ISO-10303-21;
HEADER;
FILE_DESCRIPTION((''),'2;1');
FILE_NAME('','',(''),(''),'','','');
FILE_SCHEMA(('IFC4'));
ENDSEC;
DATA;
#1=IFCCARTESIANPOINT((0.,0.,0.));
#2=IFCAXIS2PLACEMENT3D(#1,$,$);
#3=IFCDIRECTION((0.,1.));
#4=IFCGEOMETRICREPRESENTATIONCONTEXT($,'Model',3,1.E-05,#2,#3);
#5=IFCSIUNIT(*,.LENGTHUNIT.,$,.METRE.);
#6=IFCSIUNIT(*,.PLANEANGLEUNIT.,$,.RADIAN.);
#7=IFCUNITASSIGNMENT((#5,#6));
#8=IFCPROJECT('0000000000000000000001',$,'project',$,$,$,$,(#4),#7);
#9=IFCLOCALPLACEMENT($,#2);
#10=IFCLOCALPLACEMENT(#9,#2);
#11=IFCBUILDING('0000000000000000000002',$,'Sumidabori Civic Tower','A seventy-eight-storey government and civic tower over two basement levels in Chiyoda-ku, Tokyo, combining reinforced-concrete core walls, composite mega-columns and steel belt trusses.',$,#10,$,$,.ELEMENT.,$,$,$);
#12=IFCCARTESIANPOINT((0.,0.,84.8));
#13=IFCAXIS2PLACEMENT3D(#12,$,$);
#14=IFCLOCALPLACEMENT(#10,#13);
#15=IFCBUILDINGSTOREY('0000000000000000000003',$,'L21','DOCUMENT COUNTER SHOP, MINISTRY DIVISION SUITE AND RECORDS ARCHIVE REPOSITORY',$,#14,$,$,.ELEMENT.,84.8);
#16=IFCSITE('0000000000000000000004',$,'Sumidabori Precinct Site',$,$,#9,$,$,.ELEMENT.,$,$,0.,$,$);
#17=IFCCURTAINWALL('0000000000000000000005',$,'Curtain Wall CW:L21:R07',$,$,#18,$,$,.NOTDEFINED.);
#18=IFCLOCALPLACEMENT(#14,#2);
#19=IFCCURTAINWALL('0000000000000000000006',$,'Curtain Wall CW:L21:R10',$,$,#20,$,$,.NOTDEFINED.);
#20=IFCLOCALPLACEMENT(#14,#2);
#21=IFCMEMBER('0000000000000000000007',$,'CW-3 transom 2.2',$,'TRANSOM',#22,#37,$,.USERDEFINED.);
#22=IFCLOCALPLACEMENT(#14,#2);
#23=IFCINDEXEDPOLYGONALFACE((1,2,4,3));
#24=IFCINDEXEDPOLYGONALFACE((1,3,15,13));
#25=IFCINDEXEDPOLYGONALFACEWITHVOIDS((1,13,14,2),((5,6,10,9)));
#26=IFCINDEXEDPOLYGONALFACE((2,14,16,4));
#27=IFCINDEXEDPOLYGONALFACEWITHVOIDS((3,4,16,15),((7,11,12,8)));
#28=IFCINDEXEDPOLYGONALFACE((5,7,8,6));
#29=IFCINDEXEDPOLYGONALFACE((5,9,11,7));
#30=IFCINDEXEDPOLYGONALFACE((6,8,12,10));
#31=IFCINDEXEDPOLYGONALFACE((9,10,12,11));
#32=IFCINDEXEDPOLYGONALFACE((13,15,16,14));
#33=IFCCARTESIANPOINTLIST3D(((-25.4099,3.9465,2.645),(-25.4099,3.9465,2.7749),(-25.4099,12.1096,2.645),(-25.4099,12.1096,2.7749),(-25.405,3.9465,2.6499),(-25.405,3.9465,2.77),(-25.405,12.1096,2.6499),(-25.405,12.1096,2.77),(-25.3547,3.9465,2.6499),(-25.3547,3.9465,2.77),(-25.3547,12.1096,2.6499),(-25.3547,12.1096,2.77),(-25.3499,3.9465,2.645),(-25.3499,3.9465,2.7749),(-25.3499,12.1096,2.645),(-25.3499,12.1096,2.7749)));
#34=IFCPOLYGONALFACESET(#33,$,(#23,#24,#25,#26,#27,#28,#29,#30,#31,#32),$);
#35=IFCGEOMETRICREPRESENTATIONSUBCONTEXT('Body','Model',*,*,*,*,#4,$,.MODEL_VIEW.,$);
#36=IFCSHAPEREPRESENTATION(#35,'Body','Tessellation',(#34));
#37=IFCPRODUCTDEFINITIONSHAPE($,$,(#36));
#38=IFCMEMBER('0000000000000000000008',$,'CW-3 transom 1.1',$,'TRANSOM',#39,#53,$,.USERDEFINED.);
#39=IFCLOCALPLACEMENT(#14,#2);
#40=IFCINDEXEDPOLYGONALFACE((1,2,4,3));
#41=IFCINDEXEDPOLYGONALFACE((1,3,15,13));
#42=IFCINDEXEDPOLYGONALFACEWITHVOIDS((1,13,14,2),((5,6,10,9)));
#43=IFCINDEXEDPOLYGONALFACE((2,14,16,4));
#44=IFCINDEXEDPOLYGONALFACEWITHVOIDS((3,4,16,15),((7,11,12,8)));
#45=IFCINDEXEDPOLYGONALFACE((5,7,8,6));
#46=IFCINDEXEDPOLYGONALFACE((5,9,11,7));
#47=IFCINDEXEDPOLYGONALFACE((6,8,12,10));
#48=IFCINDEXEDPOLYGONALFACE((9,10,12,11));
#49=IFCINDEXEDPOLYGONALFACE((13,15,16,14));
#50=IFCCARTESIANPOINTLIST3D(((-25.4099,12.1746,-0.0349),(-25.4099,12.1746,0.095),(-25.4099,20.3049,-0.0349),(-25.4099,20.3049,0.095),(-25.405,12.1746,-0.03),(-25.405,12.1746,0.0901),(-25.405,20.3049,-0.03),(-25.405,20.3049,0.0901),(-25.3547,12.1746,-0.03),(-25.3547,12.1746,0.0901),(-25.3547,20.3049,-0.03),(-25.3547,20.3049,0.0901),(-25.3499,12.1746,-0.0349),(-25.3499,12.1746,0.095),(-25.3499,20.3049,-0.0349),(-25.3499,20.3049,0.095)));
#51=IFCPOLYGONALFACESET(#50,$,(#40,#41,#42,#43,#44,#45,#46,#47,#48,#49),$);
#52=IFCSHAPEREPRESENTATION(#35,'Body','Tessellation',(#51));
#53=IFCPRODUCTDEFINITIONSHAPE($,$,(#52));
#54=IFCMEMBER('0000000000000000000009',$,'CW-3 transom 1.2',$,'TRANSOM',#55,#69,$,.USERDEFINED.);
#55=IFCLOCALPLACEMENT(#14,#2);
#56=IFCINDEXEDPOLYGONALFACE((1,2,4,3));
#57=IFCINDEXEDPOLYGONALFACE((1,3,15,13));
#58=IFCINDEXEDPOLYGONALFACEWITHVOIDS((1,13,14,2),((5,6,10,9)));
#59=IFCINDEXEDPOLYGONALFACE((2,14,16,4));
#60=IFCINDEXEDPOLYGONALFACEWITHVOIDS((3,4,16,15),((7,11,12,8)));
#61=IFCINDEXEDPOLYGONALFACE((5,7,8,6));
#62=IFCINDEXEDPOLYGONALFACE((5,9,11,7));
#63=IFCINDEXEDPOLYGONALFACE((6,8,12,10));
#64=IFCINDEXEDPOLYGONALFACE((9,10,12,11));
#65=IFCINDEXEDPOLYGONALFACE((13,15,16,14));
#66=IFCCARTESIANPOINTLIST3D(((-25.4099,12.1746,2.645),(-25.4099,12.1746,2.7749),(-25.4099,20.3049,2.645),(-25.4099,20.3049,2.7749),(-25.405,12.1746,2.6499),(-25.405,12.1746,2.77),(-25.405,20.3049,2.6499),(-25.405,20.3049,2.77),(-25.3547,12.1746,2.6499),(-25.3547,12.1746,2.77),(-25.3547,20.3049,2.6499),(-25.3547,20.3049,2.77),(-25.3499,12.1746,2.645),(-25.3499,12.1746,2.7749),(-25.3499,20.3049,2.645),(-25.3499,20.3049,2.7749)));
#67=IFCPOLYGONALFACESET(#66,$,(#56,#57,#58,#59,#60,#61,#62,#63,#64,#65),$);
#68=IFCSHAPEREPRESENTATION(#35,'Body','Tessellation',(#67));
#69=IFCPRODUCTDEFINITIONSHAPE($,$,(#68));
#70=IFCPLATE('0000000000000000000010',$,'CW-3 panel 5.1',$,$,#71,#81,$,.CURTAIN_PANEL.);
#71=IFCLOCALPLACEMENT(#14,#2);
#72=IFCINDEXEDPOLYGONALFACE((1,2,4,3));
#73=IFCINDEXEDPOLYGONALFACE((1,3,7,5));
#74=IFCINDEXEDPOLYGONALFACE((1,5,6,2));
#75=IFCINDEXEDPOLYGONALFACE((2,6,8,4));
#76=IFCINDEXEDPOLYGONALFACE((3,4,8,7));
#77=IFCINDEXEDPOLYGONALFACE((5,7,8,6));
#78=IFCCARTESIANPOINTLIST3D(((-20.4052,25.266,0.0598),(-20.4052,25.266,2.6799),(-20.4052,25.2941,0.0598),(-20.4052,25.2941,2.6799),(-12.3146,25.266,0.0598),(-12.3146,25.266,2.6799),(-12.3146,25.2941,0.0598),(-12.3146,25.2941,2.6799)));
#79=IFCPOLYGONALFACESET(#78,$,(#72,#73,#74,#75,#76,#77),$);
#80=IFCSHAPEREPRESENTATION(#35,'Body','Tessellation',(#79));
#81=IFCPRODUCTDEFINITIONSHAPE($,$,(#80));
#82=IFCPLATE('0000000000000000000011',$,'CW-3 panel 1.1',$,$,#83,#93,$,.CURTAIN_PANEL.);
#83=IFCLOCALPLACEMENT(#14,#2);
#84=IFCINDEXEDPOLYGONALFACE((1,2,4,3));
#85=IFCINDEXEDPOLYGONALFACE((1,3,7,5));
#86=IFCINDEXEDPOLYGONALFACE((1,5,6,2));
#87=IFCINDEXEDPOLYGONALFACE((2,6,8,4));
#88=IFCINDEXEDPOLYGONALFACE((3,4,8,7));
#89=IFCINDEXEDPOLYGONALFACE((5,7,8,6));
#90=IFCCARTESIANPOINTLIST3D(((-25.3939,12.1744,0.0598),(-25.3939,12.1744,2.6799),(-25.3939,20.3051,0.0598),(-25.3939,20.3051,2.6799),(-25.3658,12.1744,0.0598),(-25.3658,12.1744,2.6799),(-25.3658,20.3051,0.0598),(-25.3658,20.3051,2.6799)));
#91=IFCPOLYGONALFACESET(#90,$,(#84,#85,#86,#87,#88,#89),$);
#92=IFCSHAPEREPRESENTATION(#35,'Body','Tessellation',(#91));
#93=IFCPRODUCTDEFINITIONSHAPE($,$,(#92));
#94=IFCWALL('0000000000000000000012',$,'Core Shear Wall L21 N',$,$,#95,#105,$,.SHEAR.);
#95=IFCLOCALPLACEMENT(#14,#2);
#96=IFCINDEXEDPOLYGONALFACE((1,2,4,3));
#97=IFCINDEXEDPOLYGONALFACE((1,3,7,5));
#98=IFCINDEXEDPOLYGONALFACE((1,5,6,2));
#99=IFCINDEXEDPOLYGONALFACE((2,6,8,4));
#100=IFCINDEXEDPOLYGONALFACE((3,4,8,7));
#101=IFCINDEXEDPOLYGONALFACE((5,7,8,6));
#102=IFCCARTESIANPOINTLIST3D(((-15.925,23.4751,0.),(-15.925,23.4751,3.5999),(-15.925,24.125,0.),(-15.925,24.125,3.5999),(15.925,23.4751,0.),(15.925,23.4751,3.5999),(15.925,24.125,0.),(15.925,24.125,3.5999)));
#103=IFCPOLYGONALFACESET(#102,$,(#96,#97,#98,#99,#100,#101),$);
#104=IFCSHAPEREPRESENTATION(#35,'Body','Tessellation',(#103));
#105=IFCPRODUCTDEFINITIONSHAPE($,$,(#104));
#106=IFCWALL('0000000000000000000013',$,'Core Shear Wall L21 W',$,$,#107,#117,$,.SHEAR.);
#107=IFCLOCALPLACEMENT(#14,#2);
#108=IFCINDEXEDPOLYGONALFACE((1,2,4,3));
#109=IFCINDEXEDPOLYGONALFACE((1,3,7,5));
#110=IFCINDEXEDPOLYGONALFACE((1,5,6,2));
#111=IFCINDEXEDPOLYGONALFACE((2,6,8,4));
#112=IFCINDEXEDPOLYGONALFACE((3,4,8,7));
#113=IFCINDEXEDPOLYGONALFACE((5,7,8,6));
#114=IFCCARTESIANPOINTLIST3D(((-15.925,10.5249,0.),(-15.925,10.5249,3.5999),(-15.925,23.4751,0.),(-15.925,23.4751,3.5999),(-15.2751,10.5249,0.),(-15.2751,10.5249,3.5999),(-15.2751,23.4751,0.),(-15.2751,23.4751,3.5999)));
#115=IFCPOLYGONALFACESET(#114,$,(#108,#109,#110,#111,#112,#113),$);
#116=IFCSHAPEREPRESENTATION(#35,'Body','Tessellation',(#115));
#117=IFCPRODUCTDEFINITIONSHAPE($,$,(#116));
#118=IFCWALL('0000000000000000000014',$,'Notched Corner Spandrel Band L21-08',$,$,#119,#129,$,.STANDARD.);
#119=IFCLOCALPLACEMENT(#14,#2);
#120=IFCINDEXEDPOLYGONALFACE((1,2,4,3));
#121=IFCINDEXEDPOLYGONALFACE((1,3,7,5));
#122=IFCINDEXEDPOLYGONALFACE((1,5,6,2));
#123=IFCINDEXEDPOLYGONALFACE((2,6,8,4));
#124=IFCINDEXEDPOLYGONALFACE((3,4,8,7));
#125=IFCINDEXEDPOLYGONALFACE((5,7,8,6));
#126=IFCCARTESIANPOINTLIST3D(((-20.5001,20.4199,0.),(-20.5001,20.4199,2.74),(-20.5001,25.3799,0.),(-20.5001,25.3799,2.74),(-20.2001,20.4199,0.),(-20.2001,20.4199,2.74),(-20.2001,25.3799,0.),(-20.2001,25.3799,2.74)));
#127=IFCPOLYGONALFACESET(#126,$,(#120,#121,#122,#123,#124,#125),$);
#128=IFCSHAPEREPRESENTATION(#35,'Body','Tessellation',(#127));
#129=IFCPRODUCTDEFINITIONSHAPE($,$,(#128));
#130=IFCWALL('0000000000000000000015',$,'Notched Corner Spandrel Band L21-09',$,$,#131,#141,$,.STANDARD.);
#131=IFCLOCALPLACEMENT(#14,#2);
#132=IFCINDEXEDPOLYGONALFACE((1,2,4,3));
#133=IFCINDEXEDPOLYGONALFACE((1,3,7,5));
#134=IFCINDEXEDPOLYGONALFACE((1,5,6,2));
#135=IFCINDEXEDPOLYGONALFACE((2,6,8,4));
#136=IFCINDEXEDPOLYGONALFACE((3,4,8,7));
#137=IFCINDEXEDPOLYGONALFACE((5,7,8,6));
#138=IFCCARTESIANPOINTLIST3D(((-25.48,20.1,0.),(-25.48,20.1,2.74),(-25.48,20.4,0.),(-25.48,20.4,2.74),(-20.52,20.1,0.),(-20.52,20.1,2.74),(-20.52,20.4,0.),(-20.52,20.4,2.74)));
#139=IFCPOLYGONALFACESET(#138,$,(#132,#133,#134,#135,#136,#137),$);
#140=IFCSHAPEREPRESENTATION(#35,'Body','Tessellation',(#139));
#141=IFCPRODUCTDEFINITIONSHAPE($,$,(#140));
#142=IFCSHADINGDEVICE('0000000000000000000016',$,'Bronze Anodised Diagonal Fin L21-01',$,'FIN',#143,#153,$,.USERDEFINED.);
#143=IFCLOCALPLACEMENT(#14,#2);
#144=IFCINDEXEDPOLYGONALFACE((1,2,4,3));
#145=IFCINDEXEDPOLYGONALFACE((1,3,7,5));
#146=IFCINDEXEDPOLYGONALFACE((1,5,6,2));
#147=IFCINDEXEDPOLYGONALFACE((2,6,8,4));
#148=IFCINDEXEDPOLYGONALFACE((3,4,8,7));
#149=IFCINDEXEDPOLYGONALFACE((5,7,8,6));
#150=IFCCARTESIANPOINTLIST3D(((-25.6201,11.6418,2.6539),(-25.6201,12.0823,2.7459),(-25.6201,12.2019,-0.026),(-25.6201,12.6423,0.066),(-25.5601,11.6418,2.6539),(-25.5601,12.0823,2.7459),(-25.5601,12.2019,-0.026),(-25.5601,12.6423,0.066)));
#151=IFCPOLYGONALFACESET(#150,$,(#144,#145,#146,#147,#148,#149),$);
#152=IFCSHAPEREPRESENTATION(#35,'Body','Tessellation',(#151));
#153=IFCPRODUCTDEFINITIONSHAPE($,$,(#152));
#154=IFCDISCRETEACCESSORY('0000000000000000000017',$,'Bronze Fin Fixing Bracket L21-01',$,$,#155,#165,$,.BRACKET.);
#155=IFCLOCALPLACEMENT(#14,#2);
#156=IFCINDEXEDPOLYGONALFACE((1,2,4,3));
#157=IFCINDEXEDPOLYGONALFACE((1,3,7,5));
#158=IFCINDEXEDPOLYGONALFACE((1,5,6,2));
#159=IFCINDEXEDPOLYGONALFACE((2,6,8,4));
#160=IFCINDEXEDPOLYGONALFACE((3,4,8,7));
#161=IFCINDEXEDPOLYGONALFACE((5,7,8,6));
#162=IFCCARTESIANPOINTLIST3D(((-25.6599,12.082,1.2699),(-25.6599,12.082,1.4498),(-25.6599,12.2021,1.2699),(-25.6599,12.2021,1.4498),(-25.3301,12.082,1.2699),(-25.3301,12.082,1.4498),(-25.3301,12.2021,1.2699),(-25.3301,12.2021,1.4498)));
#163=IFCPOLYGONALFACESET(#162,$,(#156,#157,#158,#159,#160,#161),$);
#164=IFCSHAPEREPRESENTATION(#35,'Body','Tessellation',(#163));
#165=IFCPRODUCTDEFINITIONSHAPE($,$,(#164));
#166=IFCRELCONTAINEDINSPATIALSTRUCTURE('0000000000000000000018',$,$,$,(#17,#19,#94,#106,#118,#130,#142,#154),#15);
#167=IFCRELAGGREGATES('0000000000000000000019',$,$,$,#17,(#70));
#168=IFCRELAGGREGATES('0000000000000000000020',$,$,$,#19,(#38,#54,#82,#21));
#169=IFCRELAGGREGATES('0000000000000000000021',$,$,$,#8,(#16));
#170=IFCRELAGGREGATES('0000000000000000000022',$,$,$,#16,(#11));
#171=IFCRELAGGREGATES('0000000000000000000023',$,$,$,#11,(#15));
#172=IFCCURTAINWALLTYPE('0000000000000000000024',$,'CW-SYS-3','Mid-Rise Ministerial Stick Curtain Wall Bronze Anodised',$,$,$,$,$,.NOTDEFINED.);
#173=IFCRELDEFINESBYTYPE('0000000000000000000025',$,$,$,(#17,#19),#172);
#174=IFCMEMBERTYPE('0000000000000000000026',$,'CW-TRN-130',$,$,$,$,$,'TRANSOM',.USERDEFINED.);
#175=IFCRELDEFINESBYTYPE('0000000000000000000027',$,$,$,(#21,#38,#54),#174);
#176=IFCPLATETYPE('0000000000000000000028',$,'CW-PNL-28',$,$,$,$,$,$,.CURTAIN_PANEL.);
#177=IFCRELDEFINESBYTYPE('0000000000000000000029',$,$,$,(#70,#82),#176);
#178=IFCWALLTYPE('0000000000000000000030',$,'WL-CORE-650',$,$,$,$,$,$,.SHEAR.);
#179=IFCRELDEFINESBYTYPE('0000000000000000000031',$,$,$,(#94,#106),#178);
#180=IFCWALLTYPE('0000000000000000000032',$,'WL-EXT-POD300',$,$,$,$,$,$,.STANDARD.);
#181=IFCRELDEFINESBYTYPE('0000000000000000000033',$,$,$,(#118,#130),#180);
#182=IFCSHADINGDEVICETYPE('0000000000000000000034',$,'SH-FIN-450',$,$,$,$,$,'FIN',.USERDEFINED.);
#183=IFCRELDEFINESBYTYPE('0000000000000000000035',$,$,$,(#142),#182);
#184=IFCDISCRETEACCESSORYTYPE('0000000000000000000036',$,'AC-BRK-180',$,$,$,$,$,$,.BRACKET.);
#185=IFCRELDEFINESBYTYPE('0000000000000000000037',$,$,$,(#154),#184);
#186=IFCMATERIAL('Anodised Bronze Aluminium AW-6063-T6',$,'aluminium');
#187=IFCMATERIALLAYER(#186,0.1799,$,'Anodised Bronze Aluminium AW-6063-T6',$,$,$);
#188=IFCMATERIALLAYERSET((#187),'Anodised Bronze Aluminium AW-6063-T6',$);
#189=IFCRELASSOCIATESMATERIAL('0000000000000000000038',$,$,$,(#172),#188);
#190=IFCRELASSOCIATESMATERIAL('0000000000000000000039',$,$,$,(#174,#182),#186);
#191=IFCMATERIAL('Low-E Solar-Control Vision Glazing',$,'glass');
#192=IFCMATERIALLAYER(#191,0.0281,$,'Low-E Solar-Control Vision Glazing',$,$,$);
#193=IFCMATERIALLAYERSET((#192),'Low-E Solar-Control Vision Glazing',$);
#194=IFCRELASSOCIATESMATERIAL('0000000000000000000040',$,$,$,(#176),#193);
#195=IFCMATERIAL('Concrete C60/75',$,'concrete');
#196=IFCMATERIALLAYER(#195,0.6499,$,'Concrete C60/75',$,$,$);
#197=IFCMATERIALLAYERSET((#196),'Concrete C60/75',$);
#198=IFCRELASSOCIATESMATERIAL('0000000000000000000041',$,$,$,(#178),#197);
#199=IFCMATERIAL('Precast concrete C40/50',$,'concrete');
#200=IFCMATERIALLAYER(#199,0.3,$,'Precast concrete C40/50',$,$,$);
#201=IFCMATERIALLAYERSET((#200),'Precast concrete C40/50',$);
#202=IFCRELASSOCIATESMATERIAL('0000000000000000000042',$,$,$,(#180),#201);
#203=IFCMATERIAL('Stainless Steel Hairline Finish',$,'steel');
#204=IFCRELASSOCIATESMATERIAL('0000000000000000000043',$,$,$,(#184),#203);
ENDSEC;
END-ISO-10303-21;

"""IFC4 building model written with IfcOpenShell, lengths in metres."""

from ifc_helpers import new_model, si_unit, direction, frame, frame_2d, origin, origin_2d, place, context, subcontext, project, spatial, rectangle, hollow_rectangle, extrude, source, transform, mapped, material, layer, layer_set, material_profile, profile_set, type_object, element, aggregate, save


model = new_model("IFC4")

# Units and contexts
model_context = context("Model", 3, precision=1e-05, world=origin(), true_north=direction((0.0, 1.0)))
body_context = subcontext(model_context, "Body", "Model", "MODEL_VIEW")
ifc_project = project(units=[si_unit("LENGTHUNIT", "METRE"), si_unit("PLANEANGLEUNIT", "RADIAN")], contexts=[model_context])

# Site, building, storey
site_placement = place(None, origin())
site = spatial("IfcSite", under=ifc_project, at=site_placement, Name="Sumidabori Precinct Site", CompositionType="ELEMENT", RefElevation=0.0)
building_placement = place(site_placement, origin())
building = spatial("IfcBuilding", under=site, at=building_placement, Name="Sumidabori Civic Tower", Description="A seventy-eight-storey government and civic tower over two basement levels in Chiyoda-ku, Tokyo, combining reinforced-concrete core walls, composite mega-columns and steel belt trusses.", CompositionType="ELEMENT")
storey_placement = place(building_placement, frame((0.0, 0.0, 84.8)))
storey = spatial("IfcBuildingStorey", under=building, at=storey_placement, Name="L21", Description="DOCUMENT COUNTER SHOP, MINISTRY DIVISION SUITE AND RECORDS ARCHIVE REPOSITORY", CompositionType="ELEMENT", Elevation=84.8)

# Shared definitions
ifc_material_1 = material(Name="Concrete C60/75", Category="concrete")

# Curtain wall
ifc_material_2 = material(Name="Anodised Bronze Aluminium AW-6063-T6", Category="aluminium")
ifc_layer_1 = layer(ifc_material_2, 0.1799, Name="Anodised Bronze Aluminium AW-6063-T6")
ifc_layer_set_1 = layer_set([ifc_layer_1], Name="Anodised Bronze Aluminium AW-6063-T6")
curtain_wall_type = type_object("IfcCurtainWallType", Name="CW-SYS-3", Description="Mid-Rise Ministerial Stick Curtain Wall Bronze Anodised", PredefinedType="NOTDEFINED", material=ifc_layer_set_1)
curtain_wall_1_placement = place(storey_placement, origin())
curtain_wall_1 = element("IfcCurtainWall", 1, at=curtain_wall_1_placement, inside=storey, type_object=curtain_wall_type, Name="Curtain Wall CW:L21:R07", PredefinedType="NOTDEFINED")

# Curtain wall, members
curtain_wall_2_placement = place(storey_placement, origin())
curtain_wall_2 = element("IfcCurtainWall", 2, at=curtain_wall_2_placement, inside=storey, type_object=curtain_wall_type, Name="Curtain Wall CW:L21:R10", PredefinedType="NOTDEFINED")
ifc_material_profile_1 = material_profile(ifc_material_2, hollow_rectangle(XDim=0.0601, YDim=0.1299, WallThickness=0.0049, at=origin_2d()), Name="ALU TRANSOM 130x60")
ifc_profile_set_1 = profile_set([ifc_material_profile_1], Name="Anodised Bronze Aluminium AW-6063-T6")
member_type_1 = type_object("IfcMemberType", Name="CW-TRN-130", ElementType="TRANSOM", PredefinedType="USERDEFINED", material=ifc_profile_set_1)
shared_shape_1 = source(origin(), body_context, "Body", "SweptSolid", [
    extrude(hollow_rectangle(XDim=0.0601, YDim=0.1299, WallThickness=0.0049, at=origin_2d()), origin(), (0.0, 0.0, 1.0), 8.1631),
])
member_1_placement = place(storey_placement, frame((-25.3799, 12.1096, 2.71), z_axis=(0.0, -1.0, 0.0), x_axis=(1.0, 0.0, 0.0)))
member_1 = element("IfcMember", 3, at=member_1_placement, type_object=member_type_1, Name="CW-3 transom 2.2", ObjectType="TRANSOM", PredefinedType="USERDEFINED", context=body_context, shape_type="MappedRepresentation", body=[
    mapped(shared_shape_1, transform((0.0, 0.0, 0.0), x_axis=(1.0, 0.0, 0.0), y_axis=(0.0, 1.0, 0.0), z_axis=(0.0, 0.0, 1.0), scale=1.0)),
])
shared_shape_2 = source(origin(), body_context, "Body", "SweptSolid", [
    extrude(hollow_rectangle(XDim=0.0601, YDim=0.1299, WallThickness=0.0049, at=origin_2d()), origin(), (0.0, 0.0, 1.0), 8.1304),
])
member_2_placement = place(storey_placement, frame((-25.3799, 20.3049, 0.03), z_axis=(0.0, -1.0, 0.0), x_axis=(1.0, 0.0, 0.0)))
member_2 = element("IfcMember", 4, at=member_2_placement, type_object=member_type_1, Name="CW-3 transom 1.1", ObjectType="TRANSOM", PredefinedType="USERDEFINED", context=body_context, shape_type="MappedRepresentation", body=[
    mapped(shared_shape_2, transform((0.0, 0.0, 0.0), x_axis=(1.0, 0.0, 0.0), y_axis=(0.0, 1.0, 0.0), z_axis=(0.0, 0.0, 1.0), scale=1.0)),
])
member_3_placement = place(storey_placement, frame((-25.3799, 20.3049, 2.71), z_axis=(0.0, -1.0, 0.0), x_axis=(1.0, 0.0, 0.0)))
member_3 = element("IfcMember", 5, at=member_3_placement, type_object=member_type_1, Name="CW-3 transom 1.2", ObjectType="TRANSOM", PredefinedType="USERDEFINED", context=body_context, shape_type="MappedRepresentation", body=[
    mapped(shared_shape_2, transform((0.0, 0.0, 0.0), x_axis=(1.0, 0.0, 0.0), y_axis=(0.0, 1.0, 0.0), z_axis=(0.0, 0.0, 1.0), scale=1.0)),
])

# Plates
ifc_material_3 = material(Name="Low-E Solar-Control Vision Glazing", Category="glass")
ifc_layer_2 = layer(ifc_material_3, 0.0281, Name="Low-E Solar-Control Vision Glazing")
ifc_layer_set_2 = layer_set([ifc_layer_2], Name="Low-E Solar-Control Vision Glazing")
plate_type = type_object("IfcPlateType", Name="CW-PNL-28", PredefinedType="CURTAIN_PANEL", material=ifc_layer_set_2)
shared_shape_3 = source(origin(), body_context, "Body", "SweptSolid", [
    extrude(rectangle(XDim=8.0906, YDim=0.0281, at=origin_2d()), origin(), (0.0, 0.0, 1.0), 2.6201),
])
plate_1_placement = place(storey_placement, frame((-16.3599, 25.28, 0.0598), z_axis=(0.0, 0.0, 1.0), x_axis=(-1.0, 0.0, 0.0)))
plate_1 = element("IfcPlate", 6, at=plate_1_placement, type_object=plate_type, Name="CW-3 panel 5.1", PredefinedType="CURTAIN_PANEL", context=body_context, shape_type="MappedRepresentation", body=[
    mapped(shared_shape_3, transform((0.0, 0.0, 0.0), x_axis=(1.0, 0.0, 0.0), y_axis=(0.0, 1.0, 0.0), z_axis=(0.0, 0.0, 1.0), scale=1.0)),
])
aggregate(curtain_wall_1, [plate_1])
shared_shape_4 = source(origin(), body_context, "Body", "SweptSolid", [
    extrude(rectangle(XDim=8.1306, YDim=0.0281, at=origin_2d()), origin(), (0.0, 0.0, 1.0), 2.6201),
])
plate_2_placement = place(storey_placement, frame((-25.3799, 16.2397, 0.0598), z_axis=(0.0, 0.0, 1.0), x_axis=(0.0, -1.0, 0.0)))
plate_2 = element("IfcPlate", 7, at=plate_2_placement, type_object=plate_type, Name="CW-3 panel 1.1", PredefinedType="CURTAIN_PANEL", context=body_context, shape_type="MappedRepresentation", body=[
    mapped(shared_shape_4, transform((0.0, 0.0, 0.0), x_axis=(1.0, 0.0, 0.0), y_axis=(0.0, 1.0, 0.0), z_axis=(0.0, 0.0, 1.0), scale=1.0)),
])
aggregate(curtain_wall_2, [member_2, member_3, plate_2, member_1])

# Walls
ifc_layer_3 = layer(ifc_material_1, 0.6499, Name="Concrete C60/75")
ifc_layer_set_3 = layer_set([ifc_layer_3], Name="Concrete C60/75")
wall_type_1 = type_object("IfcWallType", Name="WL-CORE-650", PredefinedType="SHEAR", material=ifc_layer_set_3)
shared_shape_5 = source(origin(), body_context, "Body", "SweptSolid", [
    extrude(rectangle(XDim=31.8501, YDim=0.6499, at=frame_2d((15.925, 0.0))), origin(), (0.0, 0.0, 1.0), 3.5999),
])
wall_1_placement = place(storey_placement, frame((-15.925, 23.8, 0.0), z_axis=(0.0, 0.0, 1.0), x_axis=(1.0, 0.0, 0.0)))
element("IfcWall", 8, at=wall_1_placement, inside=storey, type_object=wall_type_1, Name="Core Shear Wall L21 N", PredefinedType="SHEAR", context=body_context, shape_type="MappedRepresentation", body=[
    mapped(shared_shape_5, transform((0.0, 0.0, 0.0), x_axis=(1.0, 0.0, 0.0), y_axis=(0.0, 1.0, 0.0), z_axis=(0.0, 0.0, 1.0), scale=1.0)),
])
shared_shape_6 = source(origin(), body_context, "Body", "SweptSolid", [
    extrude(rectangle(XDim=12.9502, YDim=0.6499, at=frame_2d((6.4751, 0.0))), origin(), (0.0, 0.0, 1.0), 3.5999),
])
wall_2_placement = place(storey_placement, frame((-15.6001, 10.5249, 0.0), z_axis=(0.0, 0.0, 1.0), x_axis=(0.0, 1.0, 0.0)))
element("IfcWall", 9, at=wall_2_placement, inside=storey, type_object=wall_type_1, Name="Core Shear Wall L21 W", PredefinedType="SHEAR", context=body_context, shape_type="MappedRepresentation", body=[
    mapped(shared_shape_6, transform((0.0, 0.0, 0.0), x_axis=(1.0, 0.0, 0.0), y_axis=(0.0, 1.0, 0.0), z_axis=(0.0, 0.0, 1.0), scale=1.0)),
])
ifc_material_4 = material(Name="Precast concrete C40/50", Category="concrete")
ifc_layer_4 = layer(ifc_material_4, 0.3, Name="Precast concrete C40/50")
ifc_layer_set_4 = layer_set([ifc_layer_4], Name="Precast concrete C40/50")
wall_type_2 = type_object("IfcWallType", Name="WL-EXT-POD300", PredefinedType="STANDARD", material=ifc_layer_set_4)
shared_shape_7 = source(origin(), body_context, "Body", "SweptSolid", [
    extrude(rectangle(XDim=4.96, YDim=0.3, at=frame_2d((2.48, 0.0))), origin(), (0.0, 0.0, 1.0), 2.74),
])
for number, where, z_axis, x_axis, name in (
    (10, (-20.3501, 25.3799, 0.0), (0.0, 0.0, 1.0), (0.0, -1.0, 0.0), "Notched Corner Spandrel Band L21-08"),
    (11, (-20.52, 20.25, 0.0), (0.0, 0.0, 1.0), (-1.0, 0.0, 0.0), "Notched Corner Spandrel Band L21-09"),
):
    element("IfcWall", number, at=place(storey_placement, frame(where, z_axis=z_axis, x_axis=x_axis)), inside=storey, type_object=wall_type_2, Name=name, PredefinedType="STANDARD", context=body_context, shape_type="MappedRepresentation", body=[
        mapped(shared_shape_7, transform((0.0, 0.0, 0.0), x_axis=(1.0, 0.0, 0.0), y_axis=(0.0, 1.0, 0.0), z_axis=(0.0, 0.0, 1.0), scale=1.0)),
    ])

# Shading device
ifc_material_profile_2 = material_profile(ifc_material_2, rectangle(XDim=0.0601, YDim=0.45, at=origin_2d()), Name="BRONZE FIN 450x60")
ifc_profile_set_2 = profile_set([ifc_material_profile_2], Name="Anodised Bronze Aluminium AW-6063-T6")
shading_device_type = type_object("IfcShadingDeviceType", Name="SH-FIN-450", ElementType="FIN", PredefinedType="USERDEFINED", material=ifc_profile_set_2)
shared_shape_8 = source(origin(), body_context, "Body", "SweptSolid", [
    extrude(rectangle(XDim=0.0601, YDim=0.45, at=origin_2d()), origin(), (0.0, 0.0, 1.0), 2.7378),
])
shading_device_placement = place(storey_placement, frame((-25.5901, 12.4221, 0.02), z_axis=(0.0, -0.204563, 0.978853), x_axis=(-1.0, 0.0, 0.0)))
element("IfcShadingDevice", 12, at=shading_device_placement, inside=storey, type_object=shading_device_type, Name="Bronze Anodised Diagonal Fin L21-01", ObjectType="FIN", PredefinedType="USERDEFINED", context=body_context, shape_type="MappedRepresentation", body=[
    mapped(shared_shape_8, transform((0.0, 0.0, 0.0), x_axis=(1.0, 0.0, 0.0), y_axis=(0.0, 1.0, 0.0), z_axis=(0.0, 0.0, 1.0), scale=1.0)),
])

# Discrete accessory
ifc_material_5 = material(Name="Stainless Steel Hairline Finish", Category="steel")
ifc_material_profile_3 = material_profile(ifc_material_5, rectangle(XDim=0.1201, YDim=0.1799, at=origin_2d()), Name="STEEL BRACKET 180x120")
ifc_profile_set_3 = profile_set([ifc_material_profile_3], Name="Stainless Steel Hairline Finish")
discrete_accessory_type = type_object("IfcDiscreteAccessoryType", Name="AC-BRK-180", PredefinedType="BRACKET", material=ifc_profile_set_3)
shared_shape_9 = source(origin(), body_context, "Body", "SweptSolid", [
    extrude(rectangle(XDim=0.1201, YDim=0.1799, at=origin_2d()), origin(), (0.0, 0.0, 1.0), 0.3298),
])
discrete_accessory_placement = place(storey_placement, frame((-25.3301, 12.1421, 1.3599), z_axis=(-1.0, 0.0, 0.0), x_axis=(0.0, -1.0, 0.0)))
element("IfcDiscreteAccessory", 13, at=discrete_accessory_placement, inside=storey, type_object=discrete_accessory_type, Name="Bronze Fin Fixing Bracket L21-01", PredefinedType="BRACKET", context=body_context, shape_type="MappedRepresentation", body=[
    mapped(shared_shape_9, transform((0.0, 0.0, 0.0), x_axis=(1.0, 0.0, 0.0), y_axis=(0.0, 1.0, 0.0), z_axis=(0.0, 0.0, 1.0), scale=1.0)),
])

save(model, "model.ifc")
